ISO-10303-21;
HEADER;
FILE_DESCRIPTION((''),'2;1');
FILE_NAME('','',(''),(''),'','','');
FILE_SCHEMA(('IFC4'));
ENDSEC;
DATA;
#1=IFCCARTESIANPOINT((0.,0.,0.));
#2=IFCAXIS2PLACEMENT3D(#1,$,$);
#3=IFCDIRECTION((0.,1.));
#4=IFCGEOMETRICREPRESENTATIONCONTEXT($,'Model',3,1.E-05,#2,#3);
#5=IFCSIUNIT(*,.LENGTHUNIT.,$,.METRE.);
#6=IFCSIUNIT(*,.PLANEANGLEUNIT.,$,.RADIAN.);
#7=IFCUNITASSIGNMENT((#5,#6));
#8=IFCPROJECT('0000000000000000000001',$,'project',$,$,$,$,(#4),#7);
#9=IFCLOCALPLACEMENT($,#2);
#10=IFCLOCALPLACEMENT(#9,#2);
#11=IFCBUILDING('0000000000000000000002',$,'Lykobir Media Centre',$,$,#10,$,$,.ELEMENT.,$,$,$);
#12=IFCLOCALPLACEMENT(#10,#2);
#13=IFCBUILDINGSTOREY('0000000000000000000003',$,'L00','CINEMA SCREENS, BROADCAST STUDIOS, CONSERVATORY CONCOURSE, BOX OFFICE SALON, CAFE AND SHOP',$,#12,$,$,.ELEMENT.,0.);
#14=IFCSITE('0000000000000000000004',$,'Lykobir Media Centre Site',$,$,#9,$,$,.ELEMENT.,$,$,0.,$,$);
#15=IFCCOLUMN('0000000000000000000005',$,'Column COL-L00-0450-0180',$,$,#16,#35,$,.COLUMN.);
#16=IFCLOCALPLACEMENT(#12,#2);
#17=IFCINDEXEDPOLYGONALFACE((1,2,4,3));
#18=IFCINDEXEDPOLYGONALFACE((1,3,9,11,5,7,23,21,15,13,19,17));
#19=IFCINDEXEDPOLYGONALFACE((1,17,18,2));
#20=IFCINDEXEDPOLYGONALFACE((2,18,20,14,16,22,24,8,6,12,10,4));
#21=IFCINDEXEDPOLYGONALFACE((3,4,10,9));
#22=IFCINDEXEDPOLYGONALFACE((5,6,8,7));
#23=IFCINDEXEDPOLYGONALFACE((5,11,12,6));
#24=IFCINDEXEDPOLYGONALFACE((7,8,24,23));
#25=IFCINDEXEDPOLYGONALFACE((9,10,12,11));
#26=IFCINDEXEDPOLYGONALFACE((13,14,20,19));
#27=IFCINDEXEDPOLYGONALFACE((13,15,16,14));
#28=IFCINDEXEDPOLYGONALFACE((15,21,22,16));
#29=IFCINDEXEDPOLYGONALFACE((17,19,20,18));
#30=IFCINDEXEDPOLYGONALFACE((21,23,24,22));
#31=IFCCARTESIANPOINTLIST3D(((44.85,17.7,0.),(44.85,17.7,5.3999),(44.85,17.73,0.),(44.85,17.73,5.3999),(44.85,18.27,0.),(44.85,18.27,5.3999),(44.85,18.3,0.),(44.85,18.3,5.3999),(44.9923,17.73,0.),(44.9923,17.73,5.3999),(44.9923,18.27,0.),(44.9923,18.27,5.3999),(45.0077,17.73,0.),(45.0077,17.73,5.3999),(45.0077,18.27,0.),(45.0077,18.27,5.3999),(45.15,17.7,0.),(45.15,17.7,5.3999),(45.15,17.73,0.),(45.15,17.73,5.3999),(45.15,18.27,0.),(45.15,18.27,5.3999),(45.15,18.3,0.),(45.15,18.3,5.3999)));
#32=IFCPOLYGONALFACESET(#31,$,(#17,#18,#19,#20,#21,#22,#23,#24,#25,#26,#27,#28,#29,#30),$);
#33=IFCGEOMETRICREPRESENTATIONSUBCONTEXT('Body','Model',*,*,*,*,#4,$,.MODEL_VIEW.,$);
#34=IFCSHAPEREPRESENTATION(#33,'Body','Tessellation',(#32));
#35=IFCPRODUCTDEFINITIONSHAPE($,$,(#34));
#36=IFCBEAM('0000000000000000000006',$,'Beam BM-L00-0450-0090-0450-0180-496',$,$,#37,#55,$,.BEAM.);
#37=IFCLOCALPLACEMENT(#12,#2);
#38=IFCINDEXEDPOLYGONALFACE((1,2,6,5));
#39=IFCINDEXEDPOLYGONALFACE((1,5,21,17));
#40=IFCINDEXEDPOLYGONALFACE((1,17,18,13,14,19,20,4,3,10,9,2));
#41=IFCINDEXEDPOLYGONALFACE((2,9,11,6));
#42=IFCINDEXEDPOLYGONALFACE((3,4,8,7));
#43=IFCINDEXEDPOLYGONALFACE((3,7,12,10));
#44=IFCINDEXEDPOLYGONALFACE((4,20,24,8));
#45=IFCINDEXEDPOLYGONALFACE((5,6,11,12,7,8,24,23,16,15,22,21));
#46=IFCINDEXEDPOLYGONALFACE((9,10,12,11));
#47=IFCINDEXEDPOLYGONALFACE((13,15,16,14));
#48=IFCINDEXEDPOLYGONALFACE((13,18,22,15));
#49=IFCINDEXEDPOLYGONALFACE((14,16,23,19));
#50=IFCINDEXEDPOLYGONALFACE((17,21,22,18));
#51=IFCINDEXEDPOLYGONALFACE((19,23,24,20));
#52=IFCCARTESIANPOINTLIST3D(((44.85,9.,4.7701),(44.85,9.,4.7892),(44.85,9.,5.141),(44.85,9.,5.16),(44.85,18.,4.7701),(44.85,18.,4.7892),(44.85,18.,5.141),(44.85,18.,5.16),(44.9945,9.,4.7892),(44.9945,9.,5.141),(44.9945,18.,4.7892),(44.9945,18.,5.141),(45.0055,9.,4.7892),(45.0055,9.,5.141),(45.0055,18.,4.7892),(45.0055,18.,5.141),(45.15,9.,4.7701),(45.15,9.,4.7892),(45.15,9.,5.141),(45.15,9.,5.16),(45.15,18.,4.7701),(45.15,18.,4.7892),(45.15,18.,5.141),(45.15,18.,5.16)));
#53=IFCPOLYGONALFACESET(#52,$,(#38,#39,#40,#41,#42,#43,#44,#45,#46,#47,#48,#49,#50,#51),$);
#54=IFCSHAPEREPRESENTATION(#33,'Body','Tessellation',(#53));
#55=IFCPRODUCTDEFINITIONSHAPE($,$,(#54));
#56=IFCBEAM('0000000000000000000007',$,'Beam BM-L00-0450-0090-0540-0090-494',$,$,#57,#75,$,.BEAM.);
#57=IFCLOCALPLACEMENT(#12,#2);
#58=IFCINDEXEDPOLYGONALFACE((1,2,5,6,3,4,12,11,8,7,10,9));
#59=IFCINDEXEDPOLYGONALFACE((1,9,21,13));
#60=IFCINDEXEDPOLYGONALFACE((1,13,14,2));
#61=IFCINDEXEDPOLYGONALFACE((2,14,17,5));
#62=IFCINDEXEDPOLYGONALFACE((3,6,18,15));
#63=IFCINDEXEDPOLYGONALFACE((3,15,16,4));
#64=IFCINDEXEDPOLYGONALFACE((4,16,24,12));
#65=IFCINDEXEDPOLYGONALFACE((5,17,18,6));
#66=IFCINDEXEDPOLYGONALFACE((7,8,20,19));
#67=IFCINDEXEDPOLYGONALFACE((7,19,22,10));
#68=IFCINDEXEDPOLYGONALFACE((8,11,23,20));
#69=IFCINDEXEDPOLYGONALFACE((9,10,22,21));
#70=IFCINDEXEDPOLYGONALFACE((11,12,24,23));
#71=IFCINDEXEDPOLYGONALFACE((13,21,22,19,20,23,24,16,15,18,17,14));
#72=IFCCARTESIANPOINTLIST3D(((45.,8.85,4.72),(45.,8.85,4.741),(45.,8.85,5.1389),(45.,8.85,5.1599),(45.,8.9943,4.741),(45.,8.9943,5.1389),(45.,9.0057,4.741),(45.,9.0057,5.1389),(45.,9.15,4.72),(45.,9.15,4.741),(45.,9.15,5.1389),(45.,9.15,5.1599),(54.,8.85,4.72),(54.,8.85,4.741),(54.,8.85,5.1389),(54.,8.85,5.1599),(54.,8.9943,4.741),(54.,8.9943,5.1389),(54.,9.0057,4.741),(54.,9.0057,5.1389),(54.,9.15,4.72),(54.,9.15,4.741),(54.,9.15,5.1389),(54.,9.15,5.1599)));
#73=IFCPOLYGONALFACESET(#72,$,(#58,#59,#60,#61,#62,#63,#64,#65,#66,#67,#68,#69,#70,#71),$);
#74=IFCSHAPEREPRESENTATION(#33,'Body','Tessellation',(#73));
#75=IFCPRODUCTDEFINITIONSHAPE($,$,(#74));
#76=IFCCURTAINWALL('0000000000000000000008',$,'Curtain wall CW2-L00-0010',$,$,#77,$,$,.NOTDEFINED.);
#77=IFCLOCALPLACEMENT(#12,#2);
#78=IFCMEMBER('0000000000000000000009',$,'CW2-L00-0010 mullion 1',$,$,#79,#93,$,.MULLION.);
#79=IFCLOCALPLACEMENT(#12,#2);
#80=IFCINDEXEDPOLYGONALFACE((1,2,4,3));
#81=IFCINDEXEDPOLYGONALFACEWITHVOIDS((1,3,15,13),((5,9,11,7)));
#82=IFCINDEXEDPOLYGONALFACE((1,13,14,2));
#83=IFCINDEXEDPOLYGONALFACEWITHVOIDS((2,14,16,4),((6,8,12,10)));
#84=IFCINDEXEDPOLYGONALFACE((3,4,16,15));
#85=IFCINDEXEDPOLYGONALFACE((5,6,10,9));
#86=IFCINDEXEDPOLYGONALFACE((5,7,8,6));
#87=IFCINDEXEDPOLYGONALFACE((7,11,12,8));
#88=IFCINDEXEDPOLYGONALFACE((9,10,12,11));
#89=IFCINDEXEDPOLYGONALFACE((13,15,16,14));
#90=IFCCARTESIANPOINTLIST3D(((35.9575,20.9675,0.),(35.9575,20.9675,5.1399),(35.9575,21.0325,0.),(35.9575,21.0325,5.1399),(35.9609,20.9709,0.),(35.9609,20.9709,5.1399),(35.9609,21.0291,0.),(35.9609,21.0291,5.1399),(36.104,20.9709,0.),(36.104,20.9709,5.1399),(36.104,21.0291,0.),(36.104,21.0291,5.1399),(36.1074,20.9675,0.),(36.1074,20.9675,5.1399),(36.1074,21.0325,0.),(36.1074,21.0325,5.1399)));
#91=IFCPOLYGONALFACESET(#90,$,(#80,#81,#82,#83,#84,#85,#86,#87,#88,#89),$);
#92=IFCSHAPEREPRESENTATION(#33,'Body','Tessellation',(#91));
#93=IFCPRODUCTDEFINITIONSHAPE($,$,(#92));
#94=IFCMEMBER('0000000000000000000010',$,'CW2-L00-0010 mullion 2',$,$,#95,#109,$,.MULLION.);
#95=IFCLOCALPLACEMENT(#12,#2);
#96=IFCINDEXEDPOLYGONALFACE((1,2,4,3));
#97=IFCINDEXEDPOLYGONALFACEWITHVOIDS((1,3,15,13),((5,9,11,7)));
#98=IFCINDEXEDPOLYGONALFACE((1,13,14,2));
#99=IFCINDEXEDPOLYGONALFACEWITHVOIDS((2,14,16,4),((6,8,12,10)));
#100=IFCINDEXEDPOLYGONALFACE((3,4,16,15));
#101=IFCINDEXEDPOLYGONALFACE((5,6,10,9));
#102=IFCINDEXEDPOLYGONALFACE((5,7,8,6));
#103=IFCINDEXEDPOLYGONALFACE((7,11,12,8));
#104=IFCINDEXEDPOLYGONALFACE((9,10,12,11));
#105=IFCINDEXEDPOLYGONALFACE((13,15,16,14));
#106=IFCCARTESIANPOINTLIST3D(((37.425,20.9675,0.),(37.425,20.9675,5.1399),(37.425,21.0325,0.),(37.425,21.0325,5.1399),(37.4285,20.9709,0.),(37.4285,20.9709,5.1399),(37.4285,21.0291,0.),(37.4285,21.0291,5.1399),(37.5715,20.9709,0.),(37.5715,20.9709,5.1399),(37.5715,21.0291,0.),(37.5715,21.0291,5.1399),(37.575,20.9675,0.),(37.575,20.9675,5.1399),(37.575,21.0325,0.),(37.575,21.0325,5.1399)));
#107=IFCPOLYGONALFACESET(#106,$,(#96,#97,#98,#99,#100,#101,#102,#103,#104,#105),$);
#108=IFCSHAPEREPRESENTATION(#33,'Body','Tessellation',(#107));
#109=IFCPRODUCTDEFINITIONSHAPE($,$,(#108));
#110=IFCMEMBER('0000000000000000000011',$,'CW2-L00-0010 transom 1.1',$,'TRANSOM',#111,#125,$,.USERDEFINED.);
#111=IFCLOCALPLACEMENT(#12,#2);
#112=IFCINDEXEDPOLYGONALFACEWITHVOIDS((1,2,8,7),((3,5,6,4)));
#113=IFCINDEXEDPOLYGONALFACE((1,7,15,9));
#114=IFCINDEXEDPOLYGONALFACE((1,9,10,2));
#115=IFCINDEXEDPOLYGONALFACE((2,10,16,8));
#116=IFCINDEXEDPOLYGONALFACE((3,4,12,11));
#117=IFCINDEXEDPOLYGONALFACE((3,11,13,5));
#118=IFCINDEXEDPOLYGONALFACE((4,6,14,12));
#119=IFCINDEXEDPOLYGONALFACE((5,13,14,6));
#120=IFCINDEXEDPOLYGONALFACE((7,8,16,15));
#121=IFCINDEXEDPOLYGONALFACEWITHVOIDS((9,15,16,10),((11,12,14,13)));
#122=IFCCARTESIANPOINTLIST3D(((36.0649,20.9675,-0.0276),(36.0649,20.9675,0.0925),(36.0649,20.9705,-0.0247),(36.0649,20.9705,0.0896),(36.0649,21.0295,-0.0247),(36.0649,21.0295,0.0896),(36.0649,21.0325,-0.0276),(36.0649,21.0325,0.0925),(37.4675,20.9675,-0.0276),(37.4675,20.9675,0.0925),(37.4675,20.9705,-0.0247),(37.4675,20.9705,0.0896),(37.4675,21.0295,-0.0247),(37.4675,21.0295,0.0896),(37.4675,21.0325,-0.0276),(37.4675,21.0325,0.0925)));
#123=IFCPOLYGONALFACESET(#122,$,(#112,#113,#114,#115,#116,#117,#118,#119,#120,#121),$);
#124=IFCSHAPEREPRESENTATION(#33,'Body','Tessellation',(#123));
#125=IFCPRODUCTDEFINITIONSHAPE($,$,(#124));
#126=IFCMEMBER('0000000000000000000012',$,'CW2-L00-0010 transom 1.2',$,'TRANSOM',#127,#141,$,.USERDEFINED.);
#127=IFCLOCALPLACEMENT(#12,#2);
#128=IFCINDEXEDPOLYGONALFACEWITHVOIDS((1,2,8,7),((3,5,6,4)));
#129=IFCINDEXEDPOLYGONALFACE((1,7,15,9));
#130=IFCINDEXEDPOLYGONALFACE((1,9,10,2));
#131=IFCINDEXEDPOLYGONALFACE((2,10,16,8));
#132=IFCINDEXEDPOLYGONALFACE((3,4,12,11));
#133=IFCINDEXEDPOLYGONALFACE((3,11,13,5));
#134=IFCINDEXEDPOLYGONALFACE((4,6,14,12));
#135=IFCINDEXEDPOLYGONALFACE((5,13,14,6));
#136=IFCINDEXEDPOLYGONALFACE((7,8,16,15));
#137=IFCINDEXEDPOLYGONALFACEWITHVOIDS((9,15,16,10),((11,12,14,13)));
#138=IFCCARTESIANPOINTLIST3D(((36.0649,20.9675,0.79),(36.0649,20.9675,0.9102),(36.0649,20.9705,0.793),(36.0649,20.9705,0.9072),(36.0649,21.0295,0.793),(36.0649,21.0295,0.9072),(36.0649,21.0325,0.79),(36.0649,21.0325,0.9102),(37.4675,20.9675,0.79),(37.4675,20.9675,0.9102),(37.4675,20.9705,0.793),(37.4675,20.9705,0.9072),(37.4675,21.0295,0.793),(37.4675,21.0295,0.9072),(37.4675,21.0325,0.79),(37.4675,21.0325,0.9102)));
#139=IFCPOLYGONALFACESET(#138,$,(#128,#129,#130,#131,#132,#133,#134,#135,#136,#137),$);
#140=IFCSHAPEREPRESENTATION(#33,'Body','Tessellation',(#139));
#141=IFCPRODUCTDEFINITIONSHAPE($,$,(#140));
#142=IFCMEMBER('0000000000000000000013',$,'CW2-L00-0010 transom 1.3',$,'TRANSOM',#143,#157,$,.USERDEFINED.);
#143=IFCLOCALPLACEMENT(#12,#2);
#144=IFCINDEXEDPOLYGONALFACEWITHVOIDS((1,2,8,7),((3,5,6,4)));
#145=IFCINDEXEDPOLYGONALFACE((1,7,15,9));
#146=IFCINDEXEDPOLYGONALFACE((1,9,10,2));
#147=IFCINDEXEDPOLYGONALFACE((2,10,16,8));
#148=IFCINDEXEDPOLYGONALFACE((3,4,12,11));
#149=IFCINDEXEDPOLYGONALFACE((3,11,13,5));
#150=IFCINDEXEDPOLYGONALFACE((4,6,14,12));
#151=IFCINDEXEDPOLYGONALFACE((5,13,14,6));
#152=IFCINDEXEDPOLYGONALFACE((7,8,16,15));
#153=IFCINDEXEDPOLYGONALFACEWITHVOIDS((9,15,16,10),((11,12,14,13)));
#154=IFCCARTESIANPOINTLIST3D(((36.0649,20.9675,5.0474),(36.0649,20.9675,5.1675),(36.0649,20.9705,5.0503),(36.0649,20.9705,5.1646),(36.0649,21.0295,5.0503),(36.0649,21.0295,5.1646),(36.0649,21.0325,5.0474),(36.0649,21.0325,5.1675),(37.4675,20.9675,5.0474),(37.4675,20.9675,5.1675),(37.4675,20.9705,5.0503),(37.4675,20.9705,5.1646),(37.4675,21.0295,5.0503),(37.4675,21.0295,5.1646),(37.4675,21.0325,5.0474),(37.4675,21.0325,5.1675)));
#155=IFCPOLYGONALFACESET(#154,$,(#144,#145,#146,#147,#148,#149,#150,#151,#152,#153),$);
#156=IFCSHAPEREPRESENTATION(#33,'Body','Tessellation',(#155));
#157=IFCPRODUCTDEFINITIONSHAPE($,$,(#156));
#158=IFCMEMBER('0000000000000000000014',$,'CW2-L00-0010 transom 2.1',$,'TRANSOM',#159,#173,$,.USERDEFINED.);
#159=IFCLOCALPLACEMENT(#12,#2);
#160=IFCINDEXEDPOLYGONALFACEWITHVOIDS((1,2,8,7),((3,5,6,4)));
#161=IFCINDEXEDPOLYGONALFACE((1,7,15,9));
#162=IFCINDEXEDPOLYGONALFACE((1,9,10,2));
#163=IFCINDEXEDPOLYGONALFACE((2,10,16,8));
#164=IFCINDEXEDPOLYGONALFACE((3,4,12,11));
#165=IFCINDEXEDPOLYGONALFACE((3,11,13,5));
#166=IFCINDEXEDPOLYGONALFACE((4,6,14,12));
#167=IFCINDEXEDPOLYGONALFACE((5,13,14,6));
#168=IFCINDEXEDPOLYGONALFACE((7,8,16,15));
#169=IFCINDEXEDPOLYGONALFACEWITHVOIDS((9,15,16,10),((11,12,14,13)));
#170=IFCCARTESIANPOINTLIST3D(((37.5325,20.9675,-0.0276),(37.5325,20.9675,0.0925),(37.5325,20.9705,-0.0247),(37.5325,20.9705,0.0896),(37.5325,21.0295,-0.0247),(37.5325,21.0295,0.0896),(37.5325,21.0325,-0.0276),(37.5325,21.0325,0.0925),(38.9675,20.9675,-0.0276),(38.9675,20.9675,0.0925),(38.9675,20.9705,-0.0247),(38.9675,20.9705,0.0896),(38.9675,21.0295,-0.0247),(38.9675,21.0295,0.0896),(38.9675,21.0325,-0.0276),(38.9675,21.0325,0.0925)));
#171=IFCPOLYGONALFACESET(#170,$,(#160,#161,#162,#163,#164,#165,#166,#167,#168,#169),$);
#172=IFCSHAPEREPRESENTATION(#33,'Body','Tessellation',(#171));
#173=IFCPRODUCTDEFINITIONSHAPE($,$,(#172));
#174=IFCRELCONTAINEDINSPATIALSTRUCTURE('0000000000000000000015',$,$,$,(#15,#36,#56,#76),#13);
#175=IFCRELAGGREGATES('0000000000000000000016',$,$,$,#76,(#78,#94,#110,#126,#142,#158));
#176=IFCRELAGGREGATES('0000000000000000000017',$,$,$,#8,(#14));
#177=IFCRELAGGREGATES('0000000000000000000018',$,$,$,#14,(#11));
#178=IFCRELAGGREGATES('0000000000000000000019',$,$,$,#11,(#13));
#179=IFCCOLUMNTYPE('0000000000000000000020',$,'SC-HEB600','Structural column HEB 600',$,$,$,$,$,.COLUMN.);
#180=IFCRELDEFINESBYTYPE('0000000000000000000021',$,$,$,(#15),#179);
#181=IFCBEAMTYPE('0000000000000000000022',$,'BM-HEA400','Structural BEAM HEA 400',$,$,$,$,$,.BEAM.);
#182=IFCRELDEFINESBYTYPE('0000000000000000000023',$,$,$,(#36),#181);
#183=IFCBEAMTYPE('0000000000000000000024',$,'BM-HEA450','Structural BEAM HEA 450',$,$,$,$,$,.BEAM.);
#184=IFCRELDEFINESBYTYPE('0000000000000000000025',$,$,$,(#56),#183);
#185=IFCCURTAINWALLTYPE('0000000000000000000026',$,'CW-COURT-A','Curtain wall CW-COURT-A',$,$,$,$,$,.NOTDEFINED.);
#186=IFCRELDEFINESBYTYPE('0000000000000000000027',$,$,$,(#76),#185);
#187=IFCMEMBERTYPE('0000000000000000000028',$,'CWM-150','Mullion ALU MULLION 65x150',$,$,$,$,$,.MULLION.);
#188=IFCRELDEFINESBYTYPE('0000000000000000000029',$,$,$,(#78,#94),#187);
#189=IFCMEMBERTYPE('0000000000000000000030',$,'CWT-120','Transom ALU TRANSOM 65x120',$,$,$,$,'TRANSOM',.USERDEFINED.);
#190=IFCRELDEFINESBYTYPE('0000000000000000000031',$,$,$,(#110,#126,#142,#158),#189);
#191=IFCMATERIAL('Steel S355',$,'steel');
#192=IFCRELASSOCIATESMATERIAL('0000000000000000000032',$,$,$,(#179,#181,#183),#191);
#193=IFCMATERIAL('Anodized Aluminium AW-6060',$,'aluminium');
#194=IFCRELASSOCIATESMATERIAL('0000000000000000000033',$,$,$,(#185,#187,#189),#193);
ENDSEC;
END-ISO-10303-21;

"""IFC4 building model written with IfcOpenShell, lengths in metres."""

from ifc_helpers import new_model, si_unit, direction, frame, origin, origin_2d, place, context, subcontext, project, spatial, hollow_rectangle, i_section, extrude, material, material_profile, profile_set, type_object, element, aggregate, save


model = new_model("IFC4")

# Units and contexts
model_context = context("Model", 3, precision=1e-05, world=origin(), true_north=direction((0.0, 1.0)))
body_context = subcontext(model_context, "Body", "Model", "MODEL_VIEW")
ifc_project = project(units=[si_unit("LENGTHUNIT", "METRE"), si_unit("PLANEANGLEUNIT", "RADIAN")], contexts=[model_context])

# Site, building, storey
site_placement = place(None, origin())
site = spatial("IfcSite", under=ifc_project, at=site_placement, Name="Lykobir Media Centre Site", CompositionType="ELEMENT", RefElevation=0.0)
building_placement = place(site_placement, origin())
building = spatial("IfcBuilding", under=site, at=building_placement, Name="Lykobir Media Centre", CompositionType="ELEMENT")
storey_placement = place(building_placement, origin())
storey = spatial("IfcBuildingStorey", under=building, at=storey_placement, Name="L00", Description="CINEMA SCREENS, BROADCAST STUDIOS, CONSERVATORY CONCOURSE, BOX OFFICE SALON, CAFE AND SHOP", CompositionType="ELEMENT", Elevation=0.0)

# Column
ifc_material_1 = material(Name="Steel S355", Category="steel")
ifc_material_profile_1 = material_profile(ifc_material_1, i_section(OverallWidth=0.3, OverallDepth=0.6001, WebThickness=0.0154, FlangeThickness=0.03, at=origin_2d()), Name="HEB 600")
ifc_profile_set_1 = profile_set([ifc_material_profile_1], Name="Steel S355")
column_type = type_object("IfcColumnType", Name="SC-HEB600", Description="Structural column HEB 600", PredefinedType="COLUMN", material=ifc_profile_set_1)
column_placement = place(storey_placement, frame((45.0, 18.0, 0.0), z_axis=(0.0, 0.0, 1.0), x_axis=(1.0, 0.0, 0.0)))
element("IfcColumn", 1, at=column_placement, inside=storey, type_object=column_type, Name="Column COL-L00-0450-0180", PredefinedType="COLUMN", context=body_context, shape_type="SweptSolid", body=[
    extrude(i_section(OverallWidth=0.3, OverallDepth=0.6001, WebThickness=0.0154, FlangeThickness=0.03, at=origin_2d()), origin(), (0.0, 0.0, 1.0), 5.3999),
])

# Beams
ifc_material_profile_2 = material_profile(ifc_material_1, i_section(OverallWidth=0.3, OverallDepth=0.3899, WebThickness=0.011, FlangeThickness=0.019, at=origin_2d()), Name="HEA 400")
ifc_profile_set_2 = profile_set([ifc_material_profile_2], Name="Steel S355")
beam_type_1 = type_object("IfcBeamType", Name="BM-HEA400", Description="Structural BEAM HEA 400", PredefinedType="BEAM", material=ifc_profile_set_2)
beam_1_placement = place(storey_placement, frame((45.0, 9.0, 4.9651), z_axis=(0.0, 1.0, 0.0), x_axis=(-1.0, 0.0, 0.0)))
element("IfcBeam", 2, at=beam_1_placement, inside=storey, type_object=beam_type_1, Name="Beam BM-L00-0450-0090-0450-0180-496", PredefinedType="BEAM", context=body_context, shape_type="SweptSolid", body=[
    extrude(i_section(OverallWidth=0.3, OverallDepth=0.3899, WebThickness=0.011, FlangeThickness=0.019, at=origin_2d()), origin(), (0.0, 0.0, 1.0), 9.0),
])
ifc_material_profile_3 = material_profile(ifc_material_1, i_section(OverallWidth=0.3, OverallDepth=0.4399, WebThickness=0.0115, FlangeThickness=0.021, at=origin_2d()), Name="HEA 450")
ifc_profile_set_3 = profile_set([ifc_material_profile_3], Name="Steel S355")
beam_type_2 = type_object("IfcBeamType", Name="BM-HEA450", Description="Structural BEAM HEA 450", PredefinedType="BEAM", material=ifc_profile_set_3)
beam_2_placement = place(storey_placement, frame((45.0, 9.0, 4.9399), z_axis=(1.0, 0.0, 0.0), x_axis=(0.0, 1.0, 0.0)))
element("IfcBeam", 3, at=beam_2_placement, inside=storey, type_object=beam_type_2, Name="Beam BM-L00-0450-0090-0540-0090-494", PredefinedType="BEAM", context=body_context, shape_type="SweptSolid", body=[
    extrude(i_section(OverallWidth=0.3, OverallDepth=0.4399, WebThickness=0.0115, FlangeThickness=0.021, at=origin_2d()), origin(), (0.0, 0.0, 1.0), 9.0),
])

# Curtain wall, members
ifc_material_2 = material(Name="Anodized Aluminium AW-6060", Category="aluminium")
curtain_wall_type = type_object("IfcCurtainWallType", Name="CW-COURT-A", Description="Curtain wall CW-COURT-A", PredefinedType="NOTDEFINED", material=ifc_material_2)
curtain_wall_placement = place(storey_placement, origin())
curtain_wall = element("IfcCurtainWall", 4, at=curtain_wall_placement, inside=storey, type_object=curtain_wall_type, Name="Curtain wall CW2-L00-0010", PredefinedType="NOTDEFINED")
ifc_material_profile_4 = material_profile(ifc_material_2, hollow_rectangle(XDim=0.0649, YDim=0.1499, WallThickness=0.0034, at=origin_2d()), Name="ALU MULLION 65x150")
ifc_profile_set_4 = profile_set([ifc_material_profile_4], Name="Anodized Aluminium AW-6060")
member_type_1 = type_object("IfcMemberType", Name="CWM-150", Description="Mullion ALU MULLION 65x150", PredefinedType="MULLION", material=ifc_profile_set_4)
member_1_placement = place(storey_placement, frame((36.0325, 21.0, 0.0), z_axis=(0.0, 0.0, 1.0), x_axis=(0.0, 1.0, 0.0)))
member_1 = element("IfcMember", 5, at=member_1_placement, type_object=member_type_1, Name="CW2-L00-0010 mullion 1", PredefinedType="MULLION", context=body_context, shape_type="SweptSolid", body=[
    extrude(hollow_rectangle(XDim=0.0649, YDim=0.1499, WallThickness=0.0034, at=origin_2d()), origin(), (0.0, 0.0, 1.0), 5.1399),
])
member_2_placement = place(storey_placement, frame((37.5, 21.0, 0.0), z_axis=(0.0, 0.0, 1.0), x_axis=(0.0, 1.0, 0.0)))
member_2 = element("IfcMember", 6, at=member_2_placement, type_object=member_type_1, Name="CW2-L00-0010 mullion 2", PredefinedType="MULLION", context=body_context, shape_type="SweptSolid", body=[
    extrude(hollow_rectangle(XDim=0.0649, YDim=0.1499, WallThickness=0.0034, at=origin_2d()), origin(), (0.0, 0.0, 1.0), 5.1399),
])
ifc_material_profile_5 = material_profile(ifc_material_2, hollow_rectangle(XDim=0.0649, YDim=0.1201, WallThickness=0.0029, at=origin_2d()), Name="ALU TRANSOM 65x120")
ifc_profile_set_5 = profile_set([ifc_material_profile_5], Name="Anodized Aluminium AW-6060")
member_type_2 = type_object("IfcMemberType", Name="CWT-120", Description="Transom ALU TRANSOM 65x120", ElementType="TRANSOM", PredefinedType="USERDEFINED", material=ifc_profile_set_5)
member_3_placement = place(storey_placement, frame((36.0649, 21.0, 0.0325), z_axis=(1.0, 0.0, 0.0), x_axis=(0.0, 1.0, 0.0)))
member_3 = element("IfcMember", 7, at=member_3_placement, type_object=member_type_2, Name="CW2-L00-0010 transom 1.1", ObjectType="TRANSOM", PredefinedType="USERDEFINED", context=body_context, shape_type="SweptSolid", body=[
    extrude(hollow_rectangle(XDim=0.0649, YDim=0.1201, WallThickness=0.0029, at=origin_2d()), origin(), (0.0, 0.0, 1.0), 1.4026),
])
member_4_placement = place(storey_placement, frame((36.0649, 21.0, 0.8501), z_axis=(1.0, 0.0, 0.0), x_axis=(0.0, 1.0, 0.0)))
member_4 = element("IfcMember", 8, at=member_4_placement, type_object=member_type_2, Name="CW2-L00-0010 transom 1.2", ObjectType="TRANSOM", PredefinedType="USERDEFINED", context=body_context, shape_type="SweptSolid", body=[
    extrude(hollow_rectangle(XDim=0.0649, YDim=0.1201, WallThickness=0.0029, at=origin_2d()), origin(), (0.0, 0.0, 1.0), 1.4026),
])
member_5_placement = place(storey_placement, frame((36.0649, 21.0, 5.1074), z_axis=(1.0, 0.0, 0.0), x_axis=(0.0, 1.0, 0.0)))
member_5 = element("IfcMember", 9, at=member_5_placement, type_object=member_type_2, Name="CW2-L00-0010 transom 1.3", ObjectType="TRANSOM", PredefinedType="USERDEFINED", context=body_context, shape_type="SweptSolid", body=[
    extrude(hollow_rectangle(XDim=0.0649, YDim=0.1201, WallThickness=0.0029, at=origin_2d()), origin(), (0.0, 0.0, 1.0), 1.4026),
])
member_6_placement = place(storey_placement, frame((37.5325, 21.0, 0.0325), z_axis=(1.0, 0.0, 0.0), x_axis=(0.0, 1.0, 0.0)))
member_6 = element("IfcMember", 10, at=member_6_placement, type_object=member_type_2, Name="CW2-L00-0010 transom 2.1", ObjectType="TRANSOM", PredefinedType="USERDEFINED", context=body_context, shape_type="SweptSolid", body=[
    extrude(hollow_rectangle(XDim=0.0649, YDim=0.1201, WallThickness=0.0029, at=origin_2d()), origin(), (0.0, 0.0, 1.0), 1.4351),
])

aggregate(curtain_wall, [member_1, member_2, member_3, member_4, member_5, member_6])

save(model, "model.ifc")
